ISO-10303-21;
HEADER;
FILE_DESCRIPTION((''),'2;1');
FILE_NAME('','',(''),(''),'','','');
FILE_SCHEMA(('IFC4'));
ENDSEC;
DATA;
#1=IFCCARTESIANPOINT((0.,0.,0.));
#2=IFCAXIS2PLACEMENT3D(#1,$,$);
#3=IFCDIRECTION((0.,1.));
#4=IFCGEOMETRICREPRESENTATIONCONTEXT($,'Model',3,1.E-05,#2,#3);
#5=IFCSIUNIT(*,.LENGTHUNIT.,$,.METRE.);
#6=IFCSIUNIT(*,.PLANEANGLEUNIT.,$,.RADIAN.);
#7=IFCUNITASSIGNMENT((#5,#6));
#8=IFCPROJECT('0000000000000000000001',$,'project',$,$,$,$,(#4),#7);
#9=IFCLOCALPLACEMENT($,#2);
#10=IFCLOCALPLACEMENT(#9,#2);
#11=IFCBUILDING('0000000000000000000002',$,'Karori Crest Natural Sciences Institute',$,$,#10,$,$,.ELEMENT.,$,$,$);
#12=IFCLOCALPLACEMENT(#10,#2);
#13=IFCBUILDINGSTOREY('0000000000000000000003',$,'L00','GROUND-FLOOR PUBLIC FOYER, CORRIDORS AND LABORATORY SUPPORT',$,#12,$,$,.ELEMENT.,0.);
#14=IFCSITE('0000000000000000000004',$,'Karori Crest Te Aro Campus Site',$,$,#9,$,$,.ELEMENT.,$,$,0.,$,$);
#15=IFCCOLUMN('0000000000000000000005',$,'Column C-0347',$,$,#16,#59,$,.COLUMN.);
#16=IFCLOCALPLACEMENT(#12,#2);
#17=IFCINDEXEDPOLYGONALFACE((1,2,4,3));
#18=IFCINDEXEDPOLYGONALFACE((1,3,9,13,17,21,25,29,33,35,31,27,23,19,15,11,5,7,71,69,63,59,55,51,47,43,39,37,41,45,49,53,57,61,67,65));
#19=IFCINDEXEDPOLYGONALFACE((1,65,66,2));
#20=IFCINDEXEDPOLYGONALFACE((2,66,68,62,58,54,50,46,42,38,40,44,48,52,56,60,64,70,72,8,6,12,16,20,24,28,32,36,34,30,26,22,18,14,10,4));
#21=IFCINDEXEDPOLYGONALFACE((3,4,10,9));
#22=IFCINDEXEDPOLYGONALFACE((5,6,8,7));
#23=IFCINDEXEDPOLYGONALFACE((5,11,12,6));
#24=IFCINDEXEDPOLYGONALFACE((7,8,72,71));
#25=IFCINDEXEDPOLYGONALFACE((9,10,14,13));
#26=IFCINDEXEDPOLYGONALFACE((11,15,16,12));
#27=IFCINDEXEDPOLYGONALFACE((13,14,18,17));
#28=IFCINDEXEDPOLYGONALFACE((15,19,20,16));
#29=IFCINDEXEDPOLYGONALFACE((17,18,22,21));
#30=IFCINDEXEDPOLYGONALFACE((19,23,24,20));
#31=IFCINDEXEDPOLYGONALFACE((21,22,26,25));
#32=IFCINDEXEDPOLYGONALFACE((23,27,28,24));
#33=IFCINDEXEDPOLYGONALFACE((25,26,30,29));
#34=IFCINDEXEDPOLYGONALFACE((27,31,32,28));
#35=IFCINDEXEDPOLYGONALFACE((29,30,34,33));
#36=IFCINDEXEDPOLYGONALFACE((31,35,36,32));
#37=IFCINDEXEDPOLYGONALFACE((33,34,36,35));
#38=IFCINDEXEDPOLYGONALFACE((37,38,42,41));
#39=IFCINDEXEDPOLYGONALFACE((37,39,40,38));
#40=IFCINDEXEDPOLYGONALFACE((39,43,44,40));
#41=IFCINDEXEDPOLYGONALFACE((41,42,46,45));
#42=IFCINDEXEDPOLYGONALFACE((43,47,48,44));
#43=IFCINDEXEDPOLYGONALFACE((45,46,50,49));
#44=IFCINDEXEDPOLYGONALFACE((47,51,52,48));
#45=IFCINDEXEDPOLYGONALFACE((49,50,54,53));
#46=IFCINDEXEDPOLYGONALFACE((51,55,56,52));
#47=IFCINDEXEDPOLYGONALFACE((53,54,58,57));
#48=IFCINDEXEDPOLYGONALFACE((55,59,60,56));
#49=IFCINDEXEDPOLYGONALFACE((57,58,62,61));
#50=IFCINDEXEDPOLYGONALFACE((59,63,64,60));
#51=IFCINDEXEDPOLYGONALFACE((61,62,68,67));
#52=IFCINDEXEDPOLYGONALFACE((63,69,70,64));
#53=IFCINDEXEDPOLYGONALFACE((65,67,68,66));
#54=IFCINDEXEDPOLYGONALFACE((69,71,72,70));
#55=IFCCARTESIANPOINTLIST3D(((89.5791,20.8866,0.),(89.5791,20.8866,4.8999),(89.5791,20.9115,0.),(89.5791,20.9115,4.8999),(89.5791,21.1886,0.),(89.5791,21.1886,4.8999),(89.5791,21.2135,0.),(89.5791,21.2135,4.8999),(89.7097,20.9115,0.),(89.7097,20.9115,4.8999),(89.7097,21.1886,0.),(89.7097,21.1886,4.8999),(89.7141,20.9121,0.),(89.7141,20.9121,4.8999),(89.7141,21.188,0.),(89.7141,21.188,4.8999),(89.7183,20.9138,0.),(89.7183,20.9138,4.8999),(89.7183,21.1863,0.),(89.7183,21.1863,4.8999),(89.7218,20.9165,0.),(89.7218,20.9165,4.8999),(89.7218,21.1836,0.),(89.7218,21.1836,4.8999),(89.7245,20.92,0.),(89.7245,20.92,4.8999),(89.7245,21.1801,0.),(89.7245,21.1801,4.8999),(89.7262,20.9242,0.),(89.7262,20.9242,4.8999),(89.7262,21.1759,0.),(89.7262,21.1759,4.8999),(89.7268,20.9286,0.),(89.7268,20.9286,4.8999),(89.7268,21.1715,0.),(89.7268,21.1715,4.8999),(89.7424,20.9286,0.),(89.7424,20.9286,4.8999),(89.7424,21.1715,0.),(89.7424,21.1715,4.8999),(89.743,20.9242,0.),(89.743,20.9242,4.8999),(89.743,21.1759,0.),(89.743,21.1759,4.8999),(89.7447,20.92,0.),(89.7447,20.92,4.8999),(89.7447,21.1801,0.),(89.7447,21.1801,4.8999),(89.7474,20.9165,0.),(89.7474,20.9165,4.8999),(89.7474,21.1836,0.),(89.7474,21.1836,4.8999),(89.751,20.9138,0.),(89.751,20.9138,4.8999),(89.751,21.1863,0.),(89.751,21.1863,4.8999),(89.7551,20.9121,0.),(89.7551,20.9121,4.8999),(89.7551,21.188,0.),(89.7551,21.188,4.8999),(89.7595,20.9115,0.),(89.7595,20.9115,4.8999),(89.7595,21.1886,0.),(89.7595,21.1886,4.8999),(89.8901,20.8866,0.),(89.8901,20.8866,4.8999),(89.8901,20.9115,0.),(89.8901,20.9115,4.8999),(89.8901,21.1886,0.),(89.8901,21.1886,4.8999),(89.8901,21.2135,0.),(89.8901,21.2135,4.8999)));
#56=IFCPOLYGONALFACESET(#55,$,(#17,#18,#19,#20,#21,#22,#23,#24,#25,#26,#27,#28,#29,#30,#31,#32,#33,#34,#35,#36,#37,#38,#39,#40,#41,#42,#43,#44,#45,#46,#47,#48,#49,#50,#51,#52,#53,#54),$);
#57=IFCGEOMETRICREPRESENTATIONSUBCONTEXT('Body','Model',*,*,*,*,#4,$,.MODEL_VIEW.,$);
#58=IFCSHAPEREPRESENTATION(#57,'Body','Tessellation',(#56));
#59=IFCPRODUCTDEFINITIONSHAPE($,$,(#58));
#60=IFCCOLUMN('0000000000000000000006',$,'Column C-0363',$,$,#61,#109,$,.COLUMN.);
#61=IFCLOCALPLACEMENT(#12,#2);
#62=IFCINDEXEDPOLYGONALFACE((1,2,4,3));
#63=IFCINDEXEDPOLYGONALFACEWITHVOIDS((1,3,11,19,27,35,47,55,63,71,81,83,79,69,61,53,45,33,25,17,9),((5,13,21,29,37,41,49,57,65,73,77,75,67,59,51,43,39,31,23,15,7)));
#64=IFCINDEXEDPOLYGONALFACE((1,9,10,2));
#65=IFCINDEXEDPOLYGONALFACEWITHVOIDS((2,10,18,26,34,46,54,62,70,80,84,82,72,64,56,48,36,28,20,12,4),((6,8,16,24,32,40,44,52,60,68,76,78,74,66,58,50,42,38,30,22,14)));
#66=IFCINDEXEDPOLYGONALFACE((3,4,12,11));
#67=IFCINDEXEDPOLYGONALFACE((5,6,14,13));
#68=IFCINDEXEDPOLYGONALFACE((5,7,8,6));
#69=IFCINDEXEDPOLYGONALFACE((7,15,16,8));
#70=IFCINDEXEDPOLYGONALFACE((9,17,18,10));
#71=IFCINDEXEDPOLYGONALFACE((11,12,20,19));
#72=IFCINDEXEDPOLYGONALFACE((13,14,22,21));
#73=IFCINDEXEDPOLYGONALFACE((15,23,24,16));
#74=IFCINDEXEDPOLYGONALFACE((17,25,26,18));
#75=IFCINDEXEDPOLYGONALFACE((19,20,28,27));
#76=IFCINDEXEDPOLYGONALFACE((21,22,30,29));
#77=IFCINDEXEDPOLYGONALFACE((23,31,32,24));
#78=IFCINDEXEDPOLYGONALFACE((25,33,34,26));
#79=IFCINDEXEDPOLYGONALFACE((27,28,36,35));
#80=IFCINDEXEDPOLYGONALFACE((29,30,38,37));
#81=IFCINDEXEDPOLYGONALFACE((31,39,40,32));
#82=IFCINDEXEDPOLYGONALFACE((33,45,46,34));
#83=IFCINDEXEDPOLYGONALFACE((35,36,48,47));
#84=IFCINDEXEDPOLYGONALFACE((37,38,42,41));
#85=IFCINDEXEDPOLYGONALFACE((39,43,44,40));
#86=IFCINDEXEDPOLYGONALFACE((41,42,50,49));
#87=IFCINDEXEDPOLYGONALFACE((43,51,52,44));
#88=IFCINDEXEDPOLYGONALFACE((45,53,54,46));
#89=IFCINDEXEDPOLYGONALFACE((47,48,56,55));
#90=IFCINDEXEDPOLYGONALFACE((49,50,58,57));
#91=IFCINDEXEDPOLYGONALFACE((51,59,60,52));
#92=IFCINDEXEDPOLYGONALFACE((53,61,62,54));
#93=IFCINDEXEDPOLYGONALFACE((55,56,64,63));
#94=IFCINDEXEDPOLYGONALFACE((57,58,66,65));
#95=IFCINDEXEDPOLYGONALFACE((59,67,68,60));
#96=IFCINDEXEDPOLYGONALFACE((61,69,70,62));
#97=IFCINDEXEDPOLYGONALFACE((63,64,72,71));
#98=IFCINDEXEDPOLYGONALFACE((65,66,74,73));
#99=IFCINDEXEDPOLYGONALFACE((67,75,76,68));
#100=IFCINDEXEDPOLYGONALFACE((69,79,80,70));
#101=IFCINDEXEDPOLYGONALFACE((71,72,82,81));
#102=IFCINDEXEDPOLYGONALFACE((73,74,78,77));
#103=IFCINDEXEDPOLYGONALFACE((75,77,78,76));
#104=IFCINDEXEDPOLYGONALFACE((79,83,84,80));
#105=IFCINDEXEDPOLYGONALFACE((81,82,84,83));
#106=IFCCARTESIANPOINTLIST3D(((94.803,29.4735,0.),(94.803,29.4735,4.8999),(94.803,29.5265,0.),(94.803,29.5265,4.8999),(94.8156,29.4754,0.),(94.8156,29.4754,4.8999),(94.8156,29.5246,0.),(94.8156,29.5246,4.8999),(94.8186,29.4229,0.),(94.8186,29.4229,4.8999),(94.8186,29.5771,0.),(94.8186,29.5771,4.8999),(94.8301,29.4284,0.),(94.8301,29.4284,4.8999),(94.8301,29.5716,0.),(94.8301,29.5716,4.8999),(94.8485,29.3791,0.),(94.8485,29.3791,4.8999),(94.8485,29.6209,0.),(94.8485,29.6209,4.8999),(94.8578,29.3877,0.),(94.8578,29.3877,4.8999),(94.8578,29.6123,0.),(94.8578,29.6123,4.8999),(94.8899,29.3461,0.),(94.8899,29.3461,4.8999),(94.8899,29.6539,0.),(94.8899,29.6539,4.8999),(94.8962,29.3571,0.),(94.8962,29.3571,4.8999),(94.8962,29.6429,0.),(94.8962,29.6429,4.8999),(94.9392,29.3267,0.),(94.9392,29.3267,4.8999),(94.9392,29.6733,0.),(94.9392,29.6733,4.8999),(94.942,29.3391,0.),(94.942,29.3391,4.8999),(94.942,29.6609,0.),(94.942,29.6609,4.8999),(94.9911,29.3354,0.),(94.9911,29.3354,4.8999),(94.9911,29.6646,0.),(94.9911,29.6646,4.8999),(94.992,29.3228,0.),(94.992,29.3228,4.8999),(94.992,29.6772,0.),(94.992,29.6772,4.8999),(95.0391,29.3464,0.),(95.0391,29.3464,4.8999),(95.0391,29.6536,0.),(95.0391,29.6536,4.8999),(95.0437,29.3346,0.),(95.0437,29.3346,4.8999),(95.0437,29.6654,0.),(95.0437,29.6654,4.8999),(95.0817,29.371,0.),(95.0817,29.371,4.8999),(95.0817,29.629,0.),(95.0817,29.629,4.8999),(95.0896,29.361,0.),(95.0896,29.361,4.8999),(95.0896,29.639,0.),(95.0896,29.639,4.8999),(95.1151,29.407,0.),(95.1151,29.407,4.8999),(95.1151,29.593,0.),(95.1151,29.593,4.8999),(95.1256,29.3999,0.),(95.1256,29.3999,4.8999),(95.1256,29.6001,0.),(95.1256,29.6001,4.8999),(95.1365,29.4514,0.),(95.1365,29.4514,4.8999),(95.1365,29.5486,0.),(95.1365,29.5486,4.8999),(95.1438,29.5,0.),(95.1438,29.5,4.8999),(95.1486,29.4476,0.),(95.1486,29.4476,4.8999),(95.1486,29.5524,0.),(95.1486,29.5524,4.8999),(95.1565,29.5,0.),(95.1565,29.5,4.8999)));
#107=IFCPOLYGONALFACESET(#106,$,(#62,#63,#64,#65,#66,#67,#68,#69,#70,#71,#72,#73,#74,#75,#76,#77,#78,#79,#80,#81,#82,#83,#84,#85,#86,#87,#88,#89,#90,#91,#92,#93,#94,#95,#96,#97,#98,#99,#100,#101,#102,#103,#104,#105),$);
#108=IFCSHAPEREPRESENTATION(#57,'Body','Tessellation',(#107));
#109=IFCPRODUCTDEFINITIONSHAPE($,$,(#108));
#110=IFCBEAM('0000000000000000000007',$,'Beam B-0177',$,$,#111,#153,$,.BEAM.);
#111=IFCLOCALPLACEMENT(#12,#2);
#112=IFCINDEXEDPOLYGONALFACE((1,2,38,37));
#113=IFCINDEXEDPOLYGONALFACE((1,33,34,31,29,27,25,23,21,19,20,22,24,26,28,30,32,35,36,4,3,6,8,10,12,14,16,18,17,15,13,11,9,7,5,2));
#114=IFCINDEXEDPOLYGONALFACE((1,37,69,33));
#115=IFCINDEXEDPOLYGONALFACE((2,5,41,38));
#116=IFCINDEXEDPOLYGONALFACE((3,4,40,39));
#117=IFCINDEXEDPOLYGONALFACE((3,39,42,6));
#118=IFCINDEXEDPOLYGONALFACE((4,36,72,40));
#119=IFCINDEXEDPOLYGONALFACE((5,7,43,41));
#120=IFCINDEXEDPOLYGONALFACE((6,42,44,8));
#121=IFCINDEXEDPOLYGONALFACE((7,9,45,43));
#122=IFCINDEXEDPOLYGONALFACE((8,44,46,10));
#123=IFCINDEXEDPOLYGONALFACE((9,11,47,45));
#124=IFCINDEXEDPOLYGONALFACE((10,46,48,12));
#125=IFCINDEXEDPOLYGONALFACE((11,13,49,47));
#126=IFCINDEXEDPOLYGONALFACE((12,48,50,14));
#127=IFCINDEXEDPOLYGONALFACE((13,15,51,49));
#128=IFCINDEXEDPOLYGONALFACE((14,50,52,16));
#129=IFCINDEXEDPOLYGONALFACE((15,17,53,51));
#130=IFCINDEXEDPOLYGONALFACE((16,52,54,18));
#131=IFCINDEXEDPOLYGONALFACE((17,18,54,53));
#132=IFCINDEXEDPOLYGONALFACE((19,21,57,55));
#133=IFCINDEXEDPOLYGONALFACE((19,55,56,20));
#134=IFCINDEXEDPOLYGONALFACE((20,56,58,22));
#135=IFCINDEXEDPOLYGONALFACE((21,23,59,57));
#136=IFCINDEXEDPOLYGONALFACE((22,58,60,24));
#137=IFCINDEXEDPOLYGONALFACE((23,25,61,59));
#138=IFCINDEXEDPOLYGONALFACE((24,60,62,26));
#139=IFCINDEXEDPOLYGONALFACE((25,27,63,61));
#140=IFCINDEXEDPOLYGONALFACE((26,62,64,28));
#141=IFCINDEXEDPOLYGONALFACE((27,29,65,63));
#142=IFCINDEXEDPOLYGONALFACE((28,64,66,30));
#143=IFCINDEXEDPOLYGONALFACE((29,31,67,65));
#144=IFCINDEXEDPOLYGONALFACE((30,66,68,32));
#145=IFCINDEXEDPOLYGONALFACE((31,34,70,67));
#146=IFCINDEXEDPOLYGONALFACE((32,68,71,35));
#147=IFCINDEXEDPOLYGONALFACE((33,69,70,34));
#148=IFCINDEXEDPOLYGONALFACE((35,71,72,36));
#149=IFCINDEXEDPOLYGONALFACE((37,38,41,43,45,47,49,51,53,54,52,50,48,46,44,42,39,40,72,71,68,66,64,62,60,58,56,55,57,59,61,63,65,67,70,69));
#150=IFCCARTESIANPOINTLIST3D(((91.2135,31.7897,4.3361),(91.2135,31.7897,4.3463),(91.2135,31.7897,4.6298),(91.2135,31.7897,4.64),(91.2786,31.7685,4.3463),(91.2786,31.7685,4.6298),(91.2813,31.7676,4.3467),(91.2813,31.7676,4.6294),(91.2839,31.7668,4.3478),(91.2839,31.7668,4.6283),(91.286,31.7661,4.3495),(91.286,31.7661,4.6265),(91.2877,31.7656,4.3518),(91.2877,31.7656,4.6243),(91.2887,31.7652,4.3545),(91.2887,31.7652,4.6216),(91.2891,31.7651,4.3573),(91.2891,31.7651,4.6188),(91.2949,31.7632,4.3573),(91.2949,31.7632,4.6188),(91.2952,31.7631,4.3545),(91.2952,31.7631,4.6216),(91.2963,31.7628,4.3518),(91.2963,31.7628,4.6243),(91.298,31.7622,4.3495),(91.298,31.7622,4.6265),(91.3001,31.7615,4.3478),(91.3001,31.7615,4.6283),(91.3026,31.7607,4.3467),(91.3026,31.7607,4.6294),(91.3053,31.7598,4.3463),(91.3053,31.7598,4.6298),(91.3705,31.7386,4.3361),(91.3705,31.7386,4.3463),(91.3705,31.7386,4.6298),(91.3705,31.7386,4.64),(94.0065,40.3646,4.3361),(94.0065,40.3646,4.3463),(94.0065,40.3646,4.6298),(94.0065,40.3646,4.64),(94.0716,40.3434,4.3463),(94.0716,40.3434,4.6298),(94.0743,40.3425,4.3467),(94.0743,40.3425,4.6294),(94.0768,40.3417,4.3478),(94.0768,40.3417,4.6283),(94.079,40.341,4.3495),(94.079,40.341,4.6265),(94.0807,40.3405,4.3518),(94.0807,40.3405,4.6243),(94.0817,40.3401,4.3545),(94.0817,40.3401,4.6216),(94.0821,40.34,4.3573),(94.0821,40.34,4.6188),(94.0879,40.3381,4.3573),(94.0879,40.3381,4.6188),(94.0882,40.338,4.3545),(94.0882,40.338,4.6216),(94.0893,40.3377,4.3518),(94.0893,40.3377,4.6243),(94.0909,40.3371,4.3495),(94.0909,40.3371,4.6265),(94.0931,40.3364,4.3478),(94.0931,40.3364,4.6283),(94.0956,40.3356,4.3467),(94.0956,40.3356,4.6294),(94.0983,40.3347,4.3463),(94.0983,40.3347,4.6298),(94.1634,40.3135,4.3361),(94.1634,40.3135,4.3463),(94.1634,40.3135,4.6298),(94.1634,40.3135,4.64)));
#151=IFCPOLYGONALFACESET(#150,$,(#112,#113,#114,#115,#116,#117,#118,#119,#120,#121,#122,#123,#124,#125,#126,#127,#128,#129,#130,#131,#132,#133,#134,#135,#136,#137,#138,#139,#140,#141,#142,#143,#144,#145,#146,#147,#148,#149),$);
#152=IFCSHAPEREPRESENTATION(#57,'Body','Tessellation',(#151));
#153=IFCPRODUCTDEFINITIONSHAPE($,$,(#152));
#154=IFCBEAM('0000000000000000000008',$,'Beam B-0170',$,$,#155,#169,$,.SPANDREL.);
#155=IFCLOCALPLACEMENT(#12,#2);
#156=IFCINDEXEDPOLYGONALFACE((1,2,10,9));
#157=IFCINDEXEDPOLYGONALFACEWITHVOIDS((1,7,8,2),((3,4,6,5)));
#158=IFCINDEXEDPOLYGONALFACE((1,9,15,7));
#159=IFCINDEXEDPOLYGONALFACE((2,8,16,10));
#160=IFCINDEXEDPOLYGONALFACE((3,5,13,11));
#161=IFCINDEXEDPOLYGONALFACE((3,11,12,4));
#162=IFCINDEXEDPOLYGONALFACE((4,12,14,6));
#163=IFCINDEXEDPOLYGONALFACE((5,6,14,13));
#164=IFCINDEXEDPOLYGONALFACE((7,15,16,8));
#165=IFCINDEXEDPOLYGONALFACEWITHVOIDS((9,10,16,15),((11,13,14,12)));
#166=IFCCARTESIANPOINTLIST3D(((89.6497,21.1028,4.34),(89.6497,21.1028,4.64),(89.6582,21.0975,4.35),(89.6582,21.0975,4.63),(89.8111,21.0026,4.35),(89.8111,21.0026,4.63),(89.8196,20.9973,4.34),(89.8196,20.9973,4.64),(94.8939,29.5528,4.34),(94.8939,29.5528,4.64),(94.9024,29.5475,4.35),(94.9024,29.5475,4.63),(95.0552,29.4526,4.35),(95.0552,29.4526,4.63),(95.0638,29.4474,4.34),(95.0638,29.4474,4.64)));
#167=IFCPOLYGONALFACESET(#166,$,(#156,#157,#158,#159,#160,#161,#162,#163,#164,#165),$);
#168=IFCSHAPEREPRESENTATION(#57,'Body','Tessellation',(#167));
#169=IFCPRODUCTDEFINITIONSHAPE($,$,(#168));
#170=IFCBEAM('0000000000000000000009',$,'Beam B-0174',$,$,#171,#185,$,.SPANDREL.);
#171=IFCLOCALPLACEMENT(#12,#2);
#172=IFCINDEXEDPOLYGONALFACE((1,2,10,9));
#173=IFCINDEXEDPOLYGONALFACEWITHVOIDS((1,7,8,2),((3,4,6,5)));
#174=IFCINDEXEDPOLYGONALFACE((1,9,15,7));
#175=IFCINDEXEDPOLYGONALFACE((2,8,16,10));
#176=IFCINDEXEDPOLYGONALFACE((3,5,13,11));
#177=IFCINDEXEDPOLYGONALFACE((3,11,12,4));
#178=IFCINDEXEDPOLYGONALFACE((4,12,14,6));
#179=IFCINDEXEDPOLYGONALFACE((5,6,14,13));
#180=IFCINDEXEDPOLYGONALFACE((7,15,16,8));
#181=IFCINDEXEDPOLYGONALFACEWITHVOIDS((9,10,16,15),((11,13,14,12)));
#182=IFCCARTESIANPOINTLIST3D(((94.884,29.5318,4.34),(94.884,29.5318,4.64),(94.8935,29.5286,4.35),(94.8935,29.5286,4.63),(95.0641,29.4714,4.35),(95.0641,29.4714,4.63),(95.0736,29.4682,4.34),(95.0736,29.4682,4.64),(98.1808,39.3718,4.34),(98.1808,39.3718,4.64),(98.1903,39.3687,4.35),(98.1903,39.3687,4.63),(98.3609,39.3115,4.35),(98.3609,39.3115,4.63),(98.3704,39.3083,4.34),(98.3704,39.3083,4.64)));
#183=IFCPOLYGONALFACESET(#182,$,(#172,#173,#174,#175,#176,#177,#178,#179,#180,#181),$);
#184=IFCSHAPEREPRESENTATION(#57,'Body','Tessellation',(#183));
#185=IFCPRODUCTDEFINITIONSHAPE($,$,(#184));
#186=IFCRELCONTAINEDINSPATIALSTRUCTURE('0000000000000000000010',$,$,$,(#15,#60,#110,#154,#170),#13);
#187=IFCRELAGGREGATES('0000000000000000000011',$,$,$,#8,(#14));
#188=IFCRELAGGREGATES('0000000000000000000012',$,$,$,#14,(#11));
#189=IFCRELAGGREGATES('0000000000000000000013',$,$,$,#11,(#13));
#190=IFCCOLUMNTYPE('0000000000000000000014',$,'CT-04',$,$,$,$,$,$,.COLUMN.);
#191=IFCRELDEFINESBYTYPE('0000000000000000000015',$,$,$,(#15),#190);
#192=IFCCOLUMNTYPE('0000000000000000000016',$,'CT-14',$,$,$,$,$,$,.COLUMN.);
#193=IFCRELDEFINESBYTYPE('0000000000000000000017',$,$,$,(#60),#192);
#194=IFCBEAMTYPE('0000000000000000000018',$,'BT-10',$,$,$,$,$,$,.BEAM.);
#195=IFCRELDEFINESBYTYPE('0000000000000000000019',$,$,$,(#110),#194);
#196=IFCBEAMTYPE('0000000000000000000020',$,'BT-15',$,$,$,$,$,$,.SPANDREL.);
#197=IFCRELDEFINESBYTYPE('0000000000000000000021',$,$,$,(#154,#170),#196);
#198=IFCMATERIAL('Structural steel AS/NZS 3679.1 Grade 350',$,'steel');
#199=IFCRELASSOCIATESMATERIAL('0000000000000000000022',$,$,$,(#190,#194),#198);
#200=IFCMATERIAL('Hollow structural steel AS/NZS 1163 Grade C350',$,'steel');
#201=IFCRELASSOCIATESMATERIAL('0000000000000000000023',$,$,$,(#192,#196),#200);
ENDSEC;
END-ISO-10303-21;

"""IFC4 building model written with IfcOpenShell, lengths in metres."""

from ifc_helpers import new_model, si_unit, direction, frame, origin, origin_2d, place, context, subcontext, project, spatial, hollow_rectangle, hollow_circle, i_section, extrude, material, material_profile, profile_set, type_object, element, save


model = new_model("IFC4")

# Units and contexts
model_context = context("Model", 3, precision=1e-05, world=origin(), true_north=direction((0.0, 1.0)))
body_context = subcontext(model_context, "Body", "Model", "MODEL_VIEW")
ifc_project = project(units=[si_unit("LENGTHUNIT", "METRE"), si_unit("PLANEANGLEUNIT", "RADIAN")], contexts=[model_context])

# Site, building, storey
site_placement = place(None, origin())
site = spatial("IfcSite", under=ifc_project, at=site_placement, Name="Karori Crest Te Aro Campus Site", CompositionType="ELEMENT", RefElevation=0.0)
building_placement = place(site_placement, origin())
building = spatial("IfcBuilding", under=site, at=building_placement, Name="Karori Crest Natural Sciences Institute", CompositionType="ELEMENT")
storey_placement = place(building_placement, origin())
storey = spatial("IfcBuildingStorey", under=building, at=storey_placement, Name="L00", Description="GROUND-FLOOR PUBLIC FOYER, CORRIDORS AND LABORATORY SUPPORT", CompositionType="ELEMENT", Elevation=0.0)

# Columns
ifc_material_1 = material(Name="Structural steel AS/NZS 3679.1 Grade 350", Category="steel")
ifc_material_profile_1 = material_profile(ifc_material_1, i_section(OverallWidth=0.311, OverallDepth=0.3269, WebThickness=0.0156, FlangeThickness=0.0249, FilletRadius=0.0171, at=origin_2d()), Name="310UC158")
ifc_profile_set_1 = profile_set([ifc_material_profile_1], Name="Structural steel AS/NZS 3679.1 Grade 350")
column_type_1 = type_object("IfcColumnType", Name="CT-04", PredefinedType="COLUMN", material=ifc_profile_set_1)
column_1_placement = place(storey_placement, frame((89.7346, 21.05, 0.0), z_axis=(0.0, 0.0, 1.0), x_axis=(1.0, 0.0, 0.0)))
element("IfcColumn", 1, at=column_1_placement, inside=storey, type_object=column_type_1, Name="Column C-0347", PredefinedType="COLUMN", context=body_context, shape_type="SweptSolid", body=[
    extrude(i_section(OverallWidth=0.311, OverallDepth=0.3269, WebThickness=0.0156, FlangeThickness=0.0249, FilletRadius=0.0171, at=origin_2d()), origin(), (0.0, 0.0, 1.0), 4.8999),
])
ifc_material_2 = material(Name="Hollow structural steel AS/NZS 1163 Grade C350", Category="steel")
ifc_material_profile_2 = material_profile(ifc_material_2, hollow_circle(Radius=0.1777, WallThickness=0.0127, at=origin_2d()), Name="CHS355.6x12.7")
ifc_profile_set_2 = profile_set([ifc_material_profile_2], Name="Hollow structural steel AS/NZS 1163 Grade C350")
column_type_2 = type_object("IfcColumnType", Name="CT-14", PredefinedType="COLUMN", material=ifc_profile_set_2)
column_2_placement = place(storey_placement, frame((94.9788, 29.5, 0.0), z_axis=(0.0, 0.0, 1.0), x_axis=(1.0, 0.0, 0.0)))
element("IfcColumn", 2, at=column_2_placement, inside=storey, type_object=column_type_2, Name="Column C-0363", PredefinedType="COLUMN", context=body_context, shape_type="SweptSolid", body=[
    extrude(hollow_circle(Radius=0.1777, WallThickness=0.0127, at=origin_2d()), origin(), (0.0, 0.0, 1.0), 4.8999),
])

# Beams
ifc_material_profile_3 = material_profile(ifc_material_1, i_section(OverallWidth=0.165, OverallDepth=0.304, WebThickness=0.0061, FlangeThickness=0.0103, FilletRadius=0.011, at=origin_2d()), Name="310UB40.4")
ifc_profile_set_3 = profile_set([ifc_material_profile_3], Name="Structural steel AS/NZS 3679.1 Grade 350")
beam_type_1 = type_object("IfcBeamType", Name="BT-10", PredefinedType="BEAM", material=ifc_profile_set_3)
beam_1_placement = place(storey_placement, frame((91.292, 31.7642, 4.488), z_axis=(0.309699, 0.950835, 0.0), x_axis=(-0.950835, 0.309699, 0.0)))
element("IfcBeam", 3, at=beam_1_placement, inside=storey, type_object=beam_type_1, Name="Beam B-0177", PredefinedType="BEAM", context=body_context, shape_type="SweptSolid", body=[
    extrude(i_section(OverallWidth=0.165, OverallDepth=0.304, WebThickness=0.0061, FlangeThickness=0.0103, FilletRadius=0.011, at=origin_2d()), origin(), (0.0, 0.0, 1.0), 9.0183),
])
ifc_material_profile_4 = material_profile(ifc_material_2, hollow_rectangle(XDim=0.2, YDim=0.3, WallThickness=0.01, at=origin_2d()), Name="RHS300x200x10")
ifc_profile_set_4 = profile_set([ifc_material_profile_4], Name="Hollow structural steel AS/NZS 1163 Grade C350")
beam_type_2 = type_object("IfcBeamType", Name="BT-15", PredefinedType="SPANDREL", material=ifc_profile_set_4)
beam_2_placement = place(storey_placement, frame((89.7346, 21.05, 4.49), z_axis=(0.527315, 0.84967, 0.0), x_axis=(-0.84967, 0.527315, 0.0)))
element("IfcBeam", 4, at=beam_2_placement, inside=storey, type_object=beam_type_2, Name="Beam B-0170", PredefinedType="SPANDREL", context=body_context, shape_type="SweptSolid", body=[
    extrude(hollow_rectangle(XDim=0.2, YDim=0.3, WallThickness=0.01, at=origin_2d()), origin(), (0.0, 0.0, 1.0), 9.9451),
])
beam_3_placement = place(storey_placement, frame((94.9788, 29.5, 4.49), z_axis=(0.317688, 0.948195, 0.0), x_axis=(-0.948195, 0.317688, 0.0)))
element("IfcBeam", 5, at=beam_3_placement, inside=storey, type_object=beam_type_2, Name="Beam B-0174", PredefinedType="SPANDREL", context=body_context, shape_type="SweptSolid", body=[
    extrude(hollow_rectangle(XDim=0.2, YDim=0.3, WallThickness=0.01, at=origin_2d()), origin(), (0.0, 0.0, 1.0), 10.3777),
])

save(model, "model.ifc")
